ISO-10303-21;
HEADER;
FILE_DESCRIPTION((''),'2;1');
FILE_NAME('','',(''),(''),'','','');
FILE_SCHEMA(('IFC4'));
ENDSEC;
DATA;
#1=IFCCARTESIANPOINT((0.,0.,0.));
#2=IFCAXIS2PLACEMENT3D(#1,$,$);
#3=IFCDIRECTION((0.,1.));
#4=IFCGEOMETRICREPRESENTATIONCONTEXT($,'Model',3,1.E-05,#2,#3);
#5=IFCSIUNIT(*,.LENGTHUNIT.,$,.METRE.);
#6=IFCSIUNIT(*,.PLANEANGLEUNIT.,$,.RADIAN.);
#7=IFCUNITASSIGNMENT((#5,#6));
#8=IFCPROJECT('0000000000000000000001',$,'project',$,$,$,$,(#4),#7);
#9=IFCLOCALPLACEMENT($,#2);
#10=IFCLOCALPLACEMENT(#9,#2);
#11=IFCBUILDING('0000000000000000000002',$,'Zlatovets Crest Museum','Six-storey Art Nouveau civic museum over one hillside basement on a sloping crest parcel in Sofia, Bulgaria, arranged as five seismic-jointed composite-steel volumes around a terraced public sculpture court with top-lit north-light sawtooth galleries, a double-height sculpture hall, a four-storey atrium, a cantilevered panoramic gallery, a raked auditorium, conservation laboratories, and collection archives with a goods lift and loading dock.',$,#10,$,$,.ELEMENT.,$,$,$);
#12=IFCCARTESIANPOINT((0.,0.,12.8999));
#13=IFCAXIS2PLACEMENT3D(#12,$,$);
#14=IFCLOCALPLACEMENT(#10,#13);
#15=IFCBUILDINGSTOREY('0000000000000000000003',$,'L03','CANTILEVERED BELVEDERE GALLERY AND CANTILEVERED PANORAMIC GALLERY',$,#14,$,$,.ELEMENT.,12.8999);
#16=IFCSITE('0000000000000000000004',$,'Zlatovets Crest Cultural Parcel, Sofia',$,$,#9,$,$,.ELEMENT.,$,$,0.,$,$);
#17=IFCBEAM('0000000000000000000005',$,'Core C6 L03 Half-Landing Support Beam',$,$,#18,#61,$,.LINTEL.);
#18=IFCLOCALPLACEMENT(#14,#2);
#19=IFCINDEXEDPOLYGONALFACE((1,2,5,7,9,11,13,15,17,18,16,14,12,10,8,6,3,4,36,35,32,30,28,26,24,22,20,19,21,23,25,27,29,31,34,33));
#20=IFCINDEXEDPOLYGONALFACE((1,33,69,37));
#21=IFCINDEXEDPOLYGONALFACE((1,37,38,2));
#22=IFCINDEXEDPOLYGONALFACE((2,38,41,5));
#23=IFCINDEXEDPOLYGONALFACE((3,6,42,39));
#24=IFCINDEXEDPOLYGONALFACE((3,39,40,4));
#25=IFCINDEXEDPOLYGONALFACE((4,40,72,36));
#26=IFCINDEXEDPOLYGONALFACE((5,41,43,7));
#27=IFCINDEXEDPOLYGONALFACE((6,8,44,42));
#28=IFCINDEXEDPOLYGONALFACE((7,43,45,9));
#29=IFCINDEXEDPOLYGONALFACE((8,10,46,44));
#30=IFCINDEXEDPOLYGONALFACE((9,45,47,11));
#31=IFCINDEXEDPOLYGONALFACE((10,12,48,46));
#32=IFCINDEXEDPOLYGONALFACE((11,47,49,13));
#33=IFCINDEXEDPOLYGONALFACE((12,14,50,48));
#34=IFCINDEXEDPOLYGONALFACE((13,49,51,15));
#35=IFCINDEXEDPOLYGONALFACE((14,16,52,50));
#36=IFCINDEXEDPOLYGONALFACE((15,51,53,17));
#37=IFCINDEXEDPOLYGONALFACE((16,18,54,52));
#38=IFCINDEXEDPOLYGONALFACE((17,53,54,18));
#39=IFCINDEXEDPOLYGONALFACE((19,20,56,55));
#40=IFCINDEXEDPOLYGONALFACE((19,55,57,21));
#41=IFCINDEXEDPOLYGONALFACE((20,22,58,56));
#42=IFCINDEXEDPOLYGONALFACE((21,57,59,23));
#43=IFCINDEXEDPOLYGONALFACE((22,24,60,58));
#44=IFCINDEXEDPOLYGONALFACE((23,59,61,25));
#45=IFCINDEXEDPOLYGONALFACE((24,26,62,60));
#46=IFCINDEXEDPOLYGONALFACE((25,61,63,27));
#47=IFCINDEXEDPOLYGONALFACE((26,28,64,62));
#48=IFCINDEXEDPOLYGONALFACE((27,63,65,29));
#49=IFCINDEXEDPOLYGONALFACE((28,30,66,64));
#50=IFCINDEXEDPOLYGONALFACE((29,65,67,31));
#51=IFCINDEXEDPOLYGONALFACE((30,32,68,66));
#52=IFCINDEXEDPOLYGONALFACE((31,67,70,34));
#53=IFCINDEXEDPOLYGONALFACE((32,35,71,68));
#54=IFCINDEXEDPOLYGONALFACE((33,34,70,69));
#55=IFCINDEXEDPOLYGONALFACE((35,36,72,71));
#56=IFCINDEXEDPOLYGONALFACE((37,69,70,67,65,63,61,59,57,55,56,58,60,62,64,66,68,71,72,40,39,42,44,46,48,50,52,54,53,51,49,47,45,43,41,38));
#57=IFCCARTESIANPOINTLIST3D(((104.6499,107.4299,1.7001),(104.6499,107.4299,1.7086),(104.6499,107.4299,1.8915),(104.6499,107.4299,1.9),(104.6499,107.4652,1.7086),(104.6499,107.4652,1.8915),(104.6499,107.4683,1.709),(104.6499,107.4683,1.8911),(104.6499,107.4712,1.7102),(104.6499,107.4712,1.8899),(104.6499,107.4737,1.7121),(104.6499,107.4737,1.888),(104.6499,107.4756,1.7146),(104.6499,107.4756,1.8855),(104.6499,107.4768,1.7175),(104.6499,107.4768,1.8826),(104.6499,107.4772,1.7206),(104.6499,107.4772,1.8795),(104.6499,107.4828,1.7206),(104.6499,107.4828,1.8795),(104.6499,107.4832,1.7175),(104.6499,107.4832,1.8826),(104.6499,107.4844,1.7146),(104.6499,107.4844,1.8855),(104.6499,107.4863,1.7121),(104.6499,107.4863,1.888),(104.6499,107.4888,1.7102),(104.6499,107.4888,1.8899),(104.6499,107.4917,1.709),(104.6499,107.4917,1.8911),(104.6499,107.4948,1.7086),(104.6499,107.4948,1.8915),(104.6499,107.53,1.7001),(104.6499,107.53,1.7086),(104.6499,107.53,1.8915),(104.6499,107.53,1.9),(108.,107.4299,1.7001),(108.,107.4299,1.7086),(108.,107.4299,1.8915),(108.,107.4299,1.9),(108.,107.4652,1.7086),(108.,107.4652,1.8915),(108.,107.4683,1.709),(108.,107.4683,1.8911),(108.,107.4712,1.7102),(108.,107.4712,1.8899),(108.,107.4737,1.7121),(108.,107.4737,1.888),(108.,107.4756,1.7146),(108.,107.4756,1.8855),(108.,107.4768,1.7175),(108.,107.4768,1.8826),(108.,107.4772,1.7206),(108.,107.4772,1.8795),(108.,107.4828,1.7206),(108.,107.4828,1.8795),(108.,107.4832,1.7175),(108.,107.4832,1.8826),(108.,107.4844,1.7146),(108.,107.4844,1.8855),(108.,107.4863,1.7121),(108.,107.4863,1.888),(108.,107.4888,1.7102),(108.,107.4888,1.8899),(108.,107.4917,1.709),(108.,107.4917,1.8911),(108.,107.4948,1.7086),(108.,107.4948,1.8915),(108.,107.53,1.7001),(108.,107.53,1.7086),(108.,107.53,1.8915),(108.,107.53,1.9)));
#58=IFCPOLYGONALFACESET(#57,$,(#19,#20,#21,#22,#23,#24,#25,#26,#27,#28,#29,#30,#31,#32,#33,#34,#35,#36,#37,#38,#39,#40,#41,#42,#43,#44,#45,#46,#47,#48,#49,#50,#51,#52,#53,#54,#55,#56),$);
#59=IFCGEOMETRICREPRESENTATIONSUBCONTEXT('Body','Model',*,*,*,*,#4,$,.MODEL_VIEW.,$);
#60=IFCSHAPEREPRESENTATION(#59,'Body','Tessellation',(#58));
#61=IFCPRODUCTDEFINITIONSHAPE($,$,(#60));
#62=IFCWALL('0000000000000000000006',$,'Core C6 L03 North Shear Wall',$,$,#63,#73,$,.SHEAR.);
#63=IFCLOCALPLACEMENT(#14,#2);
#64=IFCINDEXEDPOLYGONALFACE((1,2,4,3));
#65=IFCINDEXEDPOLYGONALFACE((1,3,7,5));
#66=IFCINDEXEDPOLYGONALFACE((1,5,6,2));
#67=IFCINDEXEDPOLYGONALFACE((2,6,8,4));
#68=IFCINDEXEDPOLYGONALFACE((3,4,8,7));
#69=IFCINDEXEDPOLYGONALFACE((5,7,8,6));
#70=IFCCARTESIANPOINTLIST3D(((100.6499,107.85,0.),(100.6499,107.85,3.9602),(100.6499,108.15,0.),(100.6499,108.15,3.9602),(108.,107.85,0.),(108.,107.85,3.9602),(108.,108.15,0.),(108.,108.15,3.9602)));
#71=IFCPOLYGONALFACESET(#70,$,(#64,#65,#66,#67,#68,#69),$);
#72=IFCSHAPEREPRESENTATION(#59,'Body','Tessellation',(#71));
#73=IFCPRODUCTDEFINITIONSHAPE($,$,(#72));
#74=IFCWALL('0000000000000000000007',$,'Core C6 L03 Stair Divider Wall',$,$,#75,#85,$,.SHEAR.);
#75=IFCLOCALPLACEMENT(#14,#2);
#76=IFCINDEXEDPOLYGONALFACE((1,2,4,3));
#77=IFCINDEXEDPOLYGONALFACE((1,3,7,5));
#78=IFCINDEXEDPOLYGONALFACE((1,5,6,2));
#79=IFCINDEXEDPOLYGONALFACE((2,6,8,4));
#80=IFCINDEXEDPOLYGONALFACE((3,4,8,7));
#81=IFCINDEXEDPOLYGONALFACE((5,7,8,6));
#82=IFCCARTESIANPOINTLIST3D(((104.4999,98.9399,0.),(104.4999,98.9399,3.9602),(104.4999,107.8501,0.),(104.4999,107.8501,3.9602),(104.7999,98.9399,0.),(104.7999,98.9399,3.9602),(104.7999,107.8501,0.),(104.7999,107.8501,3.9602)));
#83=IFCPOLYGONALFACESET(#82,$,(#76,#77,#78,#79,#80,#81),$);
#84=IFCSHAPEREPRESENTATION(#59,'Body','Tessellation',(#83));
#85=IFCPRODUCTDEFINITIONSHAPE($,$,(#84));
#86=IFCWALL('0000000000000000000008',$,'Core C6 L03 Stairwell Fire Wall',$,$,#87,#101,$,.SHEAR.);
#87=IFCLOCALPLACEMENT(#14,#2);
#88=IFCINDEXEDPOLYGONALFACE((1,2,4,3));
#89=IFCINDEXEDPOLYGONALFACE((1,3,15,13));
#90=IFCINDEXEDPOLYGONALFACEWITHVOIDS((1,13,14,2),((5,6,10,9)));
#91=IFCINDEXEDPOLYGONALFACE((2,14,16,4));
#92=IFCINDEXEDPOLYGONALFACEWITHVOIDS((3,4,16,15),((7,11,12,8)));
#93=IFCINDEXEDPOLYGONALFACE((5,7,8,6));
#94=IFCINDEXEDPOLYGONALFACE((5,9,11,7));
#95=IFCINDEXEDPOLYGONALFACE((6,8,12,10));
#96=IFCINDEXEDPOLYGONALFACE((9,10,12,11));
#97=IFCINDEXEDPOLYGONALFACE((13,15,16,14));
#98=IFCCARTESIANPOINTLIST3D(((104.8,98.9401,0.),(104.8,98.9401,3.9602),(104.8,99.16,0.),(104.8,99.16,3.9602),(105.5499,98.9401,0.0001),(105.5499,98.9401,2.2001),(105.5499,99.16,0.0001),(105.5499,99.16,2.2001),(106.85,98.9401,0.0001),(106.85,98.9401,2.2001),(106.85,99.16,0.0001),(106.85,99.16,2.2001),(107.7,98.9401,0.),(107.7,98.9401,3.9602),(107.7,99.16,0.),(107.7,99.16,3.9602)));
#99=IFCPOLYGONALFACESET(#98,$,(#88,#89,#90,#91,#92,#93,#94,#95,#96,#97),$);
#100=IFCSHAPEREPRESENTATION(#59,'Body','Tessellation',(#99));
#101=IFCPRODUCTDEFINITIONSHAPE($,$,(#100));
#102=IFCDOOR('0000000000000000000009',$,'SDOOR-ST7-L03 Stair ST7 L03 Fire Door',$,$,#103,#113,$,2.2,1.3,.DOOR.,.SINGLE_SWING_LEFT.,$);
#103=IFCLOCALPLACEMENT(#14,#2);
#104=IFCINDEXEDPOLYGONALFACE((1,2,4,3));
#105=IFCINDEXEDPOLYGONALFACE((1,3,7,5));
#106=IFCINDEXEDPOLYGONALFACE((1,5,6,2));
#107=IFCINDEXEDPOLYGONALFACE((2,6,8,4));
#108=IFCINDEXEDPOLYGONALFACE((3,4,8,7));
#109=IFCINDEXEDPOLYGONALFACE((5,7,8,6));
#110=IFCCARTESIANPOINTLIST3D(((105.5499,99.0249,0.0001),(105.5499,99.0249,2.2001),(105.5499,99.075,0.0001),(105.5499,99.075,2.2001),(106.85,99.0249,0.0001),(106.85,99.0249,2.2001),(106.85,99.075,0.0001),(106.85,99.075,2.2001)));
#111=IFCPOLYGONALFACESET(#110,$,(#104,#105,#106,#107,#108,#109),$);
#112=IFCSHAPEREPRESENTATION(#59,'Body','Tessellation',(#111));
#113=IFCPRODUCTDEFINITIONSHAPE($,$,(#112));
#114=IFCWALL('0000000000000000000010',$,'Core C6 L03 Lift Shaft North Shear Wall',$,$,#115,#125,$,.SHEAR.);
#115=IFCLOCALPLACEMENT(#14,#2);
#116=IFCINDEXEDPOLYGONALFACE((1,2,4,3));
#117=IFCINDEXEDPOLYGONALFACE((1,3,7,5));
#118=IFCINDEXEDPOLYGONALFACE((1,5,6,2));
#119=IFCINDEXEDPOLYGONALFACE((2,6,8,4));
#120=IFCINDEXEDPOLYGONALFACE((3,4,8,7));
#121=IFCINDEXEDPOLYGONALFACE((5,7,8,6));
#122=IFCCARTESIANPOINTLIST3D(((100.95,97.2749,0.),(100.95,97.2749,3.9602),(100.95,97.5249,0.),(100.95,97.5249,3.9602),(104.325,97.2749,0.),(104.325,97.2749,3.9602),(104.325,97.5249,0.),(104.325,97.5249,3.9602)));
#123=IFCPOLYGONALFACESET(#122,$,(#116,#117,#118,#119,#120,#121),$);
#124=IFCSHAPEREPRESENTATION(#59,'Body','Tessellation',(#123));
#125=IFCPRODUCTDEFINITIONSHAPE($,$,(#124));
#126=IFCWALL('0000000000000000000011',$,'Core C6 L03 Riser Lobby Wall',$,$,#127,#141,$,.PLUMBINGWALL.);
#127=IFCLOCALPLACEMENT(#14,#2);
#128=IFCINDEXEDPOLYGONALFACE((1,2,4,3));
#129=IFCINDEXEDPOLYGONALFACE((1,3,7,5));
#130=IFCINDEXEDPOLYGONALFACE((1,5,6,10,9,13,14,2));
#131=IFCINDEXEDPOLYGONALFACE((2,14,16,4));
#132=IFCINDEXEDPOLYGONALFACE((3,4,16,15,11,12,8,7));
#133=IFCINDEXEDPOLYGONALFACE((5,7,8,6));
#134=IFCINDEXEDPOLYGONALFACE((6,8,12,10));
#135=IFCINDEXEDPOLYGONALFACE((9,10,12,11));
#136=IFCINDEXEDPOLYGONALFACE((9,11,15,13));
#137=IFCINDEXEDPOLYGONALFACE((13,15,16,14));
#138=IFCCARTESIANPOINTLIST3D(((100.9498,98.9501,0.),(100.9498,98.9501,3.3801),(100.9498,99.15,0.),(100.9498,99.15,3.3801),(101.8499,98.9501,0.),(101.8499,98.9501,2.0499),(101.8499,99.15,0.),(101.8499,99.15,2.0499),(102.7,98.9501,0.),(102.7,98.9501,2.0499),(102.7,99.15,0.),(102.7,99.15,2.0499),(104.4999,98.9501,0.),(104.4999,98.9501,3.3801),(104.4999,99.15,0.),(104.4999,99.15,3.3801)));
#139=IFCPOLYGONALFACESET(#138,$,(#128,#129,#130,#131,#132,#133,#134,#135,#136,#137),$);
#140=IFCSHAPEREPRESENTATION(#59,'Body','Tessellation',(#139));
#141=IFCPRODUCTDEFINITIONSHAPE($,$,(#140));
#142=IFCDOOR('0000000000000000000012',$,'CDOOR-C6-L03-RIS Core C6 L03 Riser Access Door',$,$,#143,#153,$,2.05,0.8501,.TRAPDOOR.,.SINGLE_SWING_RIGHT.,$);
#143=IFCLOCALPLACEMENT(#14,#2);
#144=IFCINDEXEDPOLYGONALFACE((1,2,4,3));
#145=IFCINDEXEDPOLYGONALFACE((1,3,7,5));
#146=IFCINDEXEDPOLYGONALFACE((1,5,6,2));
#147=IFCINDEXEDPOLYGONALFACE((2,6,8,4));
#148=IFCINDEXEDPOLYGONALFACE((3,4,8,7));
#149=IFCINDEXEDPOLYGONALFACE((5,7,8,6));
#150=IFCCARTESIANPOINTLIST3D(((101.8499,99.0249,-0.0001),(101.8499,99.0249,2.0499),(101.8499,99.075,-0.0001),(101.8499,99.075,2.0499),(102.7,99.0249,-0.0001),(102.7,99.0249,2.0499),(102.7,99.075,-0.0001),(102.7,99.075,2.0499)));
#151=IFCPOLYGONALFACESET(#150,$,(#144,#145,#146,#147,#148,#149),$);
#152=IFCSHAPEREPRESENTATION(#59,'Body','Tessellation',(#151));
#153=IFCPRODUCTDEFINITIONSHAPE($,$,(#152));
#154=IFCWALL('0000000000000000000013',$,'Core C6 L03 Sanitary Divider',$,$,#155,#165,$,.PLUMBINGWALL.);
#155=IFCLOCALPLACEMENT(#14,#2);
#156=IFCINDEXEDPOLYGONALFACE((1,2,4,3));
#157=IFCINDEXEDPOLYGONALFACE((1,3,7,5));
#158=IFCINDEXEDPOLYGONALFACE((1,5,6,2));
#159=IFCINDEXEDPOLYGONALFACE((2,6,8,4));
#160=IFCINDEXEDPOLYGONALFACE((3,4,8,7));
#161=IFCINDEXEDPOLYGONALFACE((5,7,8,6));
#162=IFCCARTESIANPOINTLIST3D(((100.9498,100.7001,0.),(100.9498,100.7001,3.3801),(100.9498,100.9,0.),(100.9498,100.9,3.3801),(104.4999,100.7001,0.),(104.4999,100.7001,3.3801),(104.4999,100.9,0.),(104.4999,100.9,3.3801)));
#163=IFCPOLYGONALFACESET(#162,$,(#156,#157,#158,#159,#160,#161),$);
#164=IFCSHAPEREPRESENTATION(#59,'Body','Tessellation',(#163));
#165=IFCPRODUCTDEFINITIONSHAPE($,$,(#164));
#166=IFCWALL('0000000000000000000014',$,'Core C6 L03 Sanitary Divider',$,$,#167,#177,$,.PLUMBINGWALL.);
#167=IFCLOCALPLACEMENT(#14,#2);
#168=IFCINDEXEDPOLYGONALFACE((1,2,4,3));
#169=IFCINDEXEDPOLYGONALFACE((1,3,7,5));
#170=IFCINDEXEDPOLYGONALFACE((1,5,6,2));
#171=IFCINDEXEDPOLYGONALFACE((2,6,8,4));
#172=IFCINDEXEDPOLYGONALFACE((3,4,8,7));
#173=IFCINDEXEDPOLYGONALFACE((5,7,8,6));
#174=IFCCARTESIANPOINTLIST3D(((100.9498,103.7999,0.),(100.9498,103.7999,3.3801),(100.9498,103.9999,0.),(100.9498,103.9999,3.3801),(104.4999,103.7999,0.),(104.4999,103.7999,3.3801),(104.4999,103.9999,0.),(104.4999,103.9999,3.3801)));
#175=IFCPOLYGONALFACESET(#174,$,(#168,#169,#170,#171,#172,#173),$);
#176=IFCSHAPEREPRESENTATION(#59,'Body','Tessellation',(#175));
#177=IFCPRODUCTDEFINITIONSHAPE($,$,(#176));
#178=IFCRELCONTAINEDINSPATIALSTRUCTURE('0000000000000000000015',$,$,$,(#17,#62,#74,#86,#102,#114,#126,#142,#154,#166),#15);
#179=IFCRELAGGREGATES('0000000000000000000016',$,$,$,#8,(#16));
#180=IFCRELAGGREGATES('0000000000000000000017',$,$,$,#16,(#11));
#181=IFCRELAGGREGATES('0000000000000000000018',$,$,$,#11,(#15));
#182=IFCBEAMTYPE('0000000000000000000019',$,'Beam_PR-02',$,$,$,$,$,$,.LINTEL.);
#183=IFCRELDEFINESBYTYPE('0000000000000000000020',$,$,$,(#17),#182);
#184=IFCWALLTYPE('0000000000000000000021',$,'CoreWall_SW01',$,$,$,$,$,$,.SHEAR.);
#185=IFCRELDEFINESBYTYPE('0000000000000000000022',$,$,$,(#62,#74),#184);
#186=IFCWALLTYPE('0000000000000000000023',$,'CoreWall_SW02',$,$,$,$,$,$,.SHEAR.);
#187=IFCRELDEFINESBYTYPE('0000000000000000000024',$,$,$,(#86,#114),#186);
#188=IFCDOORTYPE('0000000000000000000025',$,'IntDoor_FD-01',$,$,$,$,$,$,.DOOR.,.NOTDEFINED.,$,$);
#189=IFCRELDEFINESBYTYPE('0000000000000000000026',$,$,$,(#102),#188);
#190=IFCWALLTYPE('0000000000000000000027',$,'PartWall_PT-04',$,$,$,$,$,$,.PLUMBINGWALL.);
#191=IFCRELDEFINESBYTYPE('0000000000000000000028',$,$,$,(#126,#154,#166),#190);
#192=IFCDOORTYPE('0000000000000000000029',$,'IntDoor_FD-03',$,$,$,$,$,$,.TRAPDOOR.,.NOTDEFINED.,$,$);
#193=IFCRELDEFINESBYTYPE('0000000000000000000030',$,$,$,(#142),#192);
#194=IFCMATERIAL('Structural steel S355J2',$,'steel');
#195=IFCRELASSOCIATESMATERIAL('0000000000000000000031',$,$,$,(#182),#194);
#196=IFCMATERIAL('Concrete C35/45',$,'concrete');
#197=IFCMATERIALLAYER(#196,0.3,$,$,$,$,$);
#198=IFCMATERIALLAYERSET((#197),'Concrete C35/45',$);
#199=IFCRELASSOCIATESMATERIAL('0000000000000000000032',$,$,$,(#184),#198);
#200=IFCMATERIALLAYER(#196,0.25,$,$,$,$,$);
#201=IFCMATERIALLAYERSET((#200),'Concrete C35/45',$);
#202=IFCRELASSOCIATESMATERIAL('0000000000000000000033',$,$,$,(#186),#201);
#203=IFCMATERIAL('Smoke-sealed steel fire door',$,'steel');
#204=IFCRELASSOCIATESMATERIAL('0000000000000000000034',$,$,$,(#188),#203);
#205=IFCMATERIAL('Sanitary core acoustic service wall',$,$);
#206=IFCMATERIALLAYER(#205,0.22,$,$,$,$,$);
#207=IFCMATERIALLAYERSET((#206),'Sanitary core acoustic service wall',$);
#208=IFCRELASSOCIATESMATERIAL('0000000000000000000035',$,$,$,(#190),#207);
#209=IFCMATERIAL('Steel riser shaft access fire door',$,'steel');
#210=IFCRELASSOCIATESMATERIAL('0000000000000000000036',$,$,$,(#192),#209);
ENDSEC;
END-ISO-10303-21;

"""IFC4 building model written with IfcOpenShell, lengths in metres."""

from ifc_helpers import new_model, si_unit, direction, frame, frame_2d, origin, origin_2d, place, context, subcontext, project, spatial, rectangle, i_section, extrude, material, layer, layer_set, material_profile, profile_set, type_object, element, fill, save


model = new_model("IFC4")

# Units and contexts
model_context = context("Model", 3, precision=1e-05, world=origin(), true_north=direction((0.0, 1.0)))
body_context = subcontext(model_context, "Body", "Model", "MODEL_VIEW")
ifc_project = project(units=[si_unit("LENGTHUNIT", "METRE"), si_unit("PLANEANGLEUNIT", "RADIAN")], contexts=[model_context])

# Site, building, storey
site_placement = place(None, origin())
site = spatial("IfcSite", under=ifc_project, at=site_placement, Name="Zlatovets Crest Cultural Parcel, Sofia", CompositionType="ELEMENT", RefElevation=0.0)
building_placement = place(site_placement, origin())
building = spatial("IfcBuilding", under=site, at=building_placement, Name="Zlatovets Crest Museum", Description="Six-storey Art Nouveau civic museum over one hillside basement on a sloping crest parcel in Sofia, Bulgaria, arranged as five seismic-jointed composite-steel volumes around a terraced public sculpture court with top-lit north-light sawtooth galleries, a double-height sculpture hall, a four-storey atrium, a cantilevered panoramic gallery, a raked auditorium, conservation laboratories, and collection archives with a goods lift and loading dock.", CompositionType="ELEMENT")
storey_placement = place(building_placement, frame((0.0, 0.0, 12.8999)))
storey = spatial("IfcBuildingStorey", under=building, at=storey_placement, Name="L03", Description="CANTILEVERED BELVEDERE GALLERY AND CANTILEVERED PANORAMIC GALLERY", CompositionType="ELEMENT", Elevation=12.8999)

# Shared definitions
ifc_material_1 = material(Name="Structural steel S355J2", Category="steel")

# Beam
ifc_material_profile_1 = material_profile(ifc_material_1, i_section(OverallWidth=0.1001, OverallDepth=0.2, WebThickness=0.0056, FlangeThickness=0.0085, FilletRadius=0.012, at=origin_2d()), Name="IPE 200")
ifc_profile_set_1 = profile_set([ifc_material_profile_1], Name="Structural steel S355J2")
beam_type_1 = type_object("IfcBeamType", Name="Beam_PR-02", PredefinedType="LINTEL", material=ifc_profile_set_1)
for number, where, z_axis, x_axis, name in (
    (1, (104.6499, 107.48, 1.8), (1.0, 0.0, 0.0), (0.0, 1.0, 0.0), "Core C6 L03 Half-Landing Support Beam"),
):
    element("IfcBeam", number, at=place(storey_placement, frame(where, z_axis=z_axis, x_axis=x_axis)), inside=storey, type_object=beam_type_1, Name=name, PredefinedType="LINTEL", context=body_context, shape_type="SweptSolid", body=[
        extrude(i_section(OverallWidth=0.1001, OverallDepth=0.2, WebThickness=0.0056, FlangeThickness=0.0085, FilletRadius=0.012, at=origin_2d()), origin(), (0.0, 0.0, 1.0), 3.3501),
    ])

# Walls
ifc_material_2 = material(Name="Concrete C35/45", Category="concrete")
ifc_layer_1 = layer(ifc_material_2, 0.3)
ifc_layer_set_1 = layer_set([ifc_layer_1], Name="Concrete C35/45")
wall_type_1 = type_object("IfcWallType", Name="CoreWall_SW01", PredefinedType="SHEAR", material=ifc_layer_set_1)
wall_1_placement = place(storey_placement, frame((100.6499, 108.0, 0.0), z_axis=(0.0, 0.0, 1.0), x_axis=(1.0, 0.0, 0.0)))
element("IfcWall", 2, at=wall_1_placement, inside=storey, type_object=wall_type_1, Name="Core C6 L03 North Shear Wall", PredefinedType="SHEAR", context=body_context, shape_type="SweptSolid", body=[
    extrude(rectangle(XDim=7.3501, YDim=0.3, at=frame_2d((3.675, 0.0))), origin(), (0.0, 0.0, 1.0), 3.9602),
])
wall_2_placement = place(storey_placement, frame((104.6499, 98.9399, 0.0), z_axis=(0.0, 0.0, 1.0), x_axis=(0.0, 1.0, 0.0)))
element("IfcWall", 3, at=wall_2_placement, inside=storey, type_object=wall_type_1, Name="Core C6 L03 Stair Divider Wall", PredefinedType="SHEAR", context=body_context, shape_type="SweptSolid", body=[
    extrude(rectangle(XDim=8.9102, YDim=0.3, at=frame_2d((4.4551, 0.0))), origin(), (0.0, 0.0, 1.0), 3.9602),
])

# Wall, opening, door
ifc_layer_2 = layer(ifc_material_2, 0.25)
ifc_layer_set_2 = layer_set([ifc_layer_2], Name="Concrete C35/45")
wall_type_2 = type_object("IfcWallType", Name="CoreWall_SW02", PredefinedType="SHEAR", material=ifc_layer_set_2)
wall_3_placement = place(storey_placement, frame((104.8, 99.05, 0.0), z_axis=(0.0, 0.0, 1.0), x_axis=(1.0, 0.0, 0.0)))
wall_3 = element("IfcWall", 4, at=wall_3_placement, inside=storey, type_object=wall_type_2, Name="Core C6 L03 Stairwell Fire Wall", PredefinedType="SHEAR", context=body_context, shape_type="SweptSolid", body=[
    extrude(rectangle(XDim=2.8999, YDim=0.22, at=frame_2d((1.45, 0.0))), origin(), (0.0, 0.0, 1.0), 3.9602),
])
opening_1_placement = place(wall_3_placement, frame((0.75, 0.0, 0.0)))
opening_1 = element("IfcOpeningElement", 5, at=opening_1_placement, cuts=wall_3, PredefinedType="OPENING", context=body_context, shape_type="SweptSolid", body=[
    extrude(rectangle(XDim=1.3, YDim=2.2, at=frame_2d((0.6499, 1.1001))), frame((0.0, 0.1201, 0.0), z_axis=(0.0, -1.0, 0.0), x_axis=(1.0, 0.0, 0.0)), (0.0, 0.0, 1.0), 0.24),
])
ifc_material_3 = material(Name="Smoke-sealed steel fire door", Category="steel")
door_type_1 = type_object("IfcDoorType", Name="IntDoor_FD-01", OperationType="NOTDEFINED", PredefinedType="DOOR", material=ifc_material_3)
door_1_placement = place(opening_1_placement, origin())
door_1 = element("IfcDoor", 6, at=door_1_placement, inside=storey, type_object=door_type_1, Name="SDOOR-ST7-L03 Stair ST7 L03 Fire Door", OperationType="SINGLE_SWING_LEFT", OverallHeight=2.2, OverallWidth=1.3, PredefinedType="DOOR", context=body_context, shape_type="SweptSolid", body=[
    extrude(rectangle(XDim=1.3, YDim=2.2, at=frame_2d((0.6499, 1.1001))), frame((0.0, 0.0249, 0.0), z_axis=(0.0, -1.0, 0.0), x_axis=(1.0, 0.0, 0.0)), (0.0, 0.0, 1.0), 0.05),
])
fill(opening_1, door_1)

# Wall
wall_4_placement = place(storey_placement, frame((100.95, 97.3999, 0.0), z_axis=(0.0, 0.0, 1.0), x_axis=(1.0, 0.0, 0.0)))
element("IfcWall", 7, at=wall_4_placement, inside=storey, type_object=wall_type_2, Name="Core C6 L03 Lift Shaft North Shear Wall", PredefinedType="SHEAR", context=body_context, shape_type="SweptSolid", body=[
    extrude(rectangle(XDim=3.375, YDim=0.25, at=frame_2d((1.6875, 0.0))), origin(), (0.0, 0.0, 1.0), 3.9602),
])

# Wall, opening, door
ifc_material_4 = material(Name="Sanitary core acoustic service wall")
ifc_layer_3 = layer(ifc_material_4, 0.22)
ifc_layer_set_3 = layer_set([ifc_layer_3], Name="Sanitary core acoustic service wall")
wall_type_3 = type_object("IfcWallType", Name="PartWall_PT-04", PredefinedType="PLUMBINGWALL", material=ifc_layer_set_3)
wall_5_placement = place(storey_placement, frame((100.95, 99.05, 0.0), z_axis=(0.0, 0.0, 1.0), x_axis=(1.0, 0.0, 0.0)))
wall_5 = element("IfcWall", 8, at=wall_5_placement, inside=storey, type_object=wall_type_3, Name="Core C6 L03 Riser Lobby Wall", PredefinedType="PLUMBINGWALL", context=body_context, shape_type="SweptSolid", body=[
    extrude(rectangle(XDim=3.55, YDim=0.2, at=frame_2d((1.7749, 0.0))), origin(), (0.0, 0.0, 1.0), 3.3801),
])
opening_2_placement = place(wall_5_placement, frame((0.8999, 0.0, 0.0)))
opening_2 = element("IfcOpeningElement", 9, at=opening_2_placement, cuts=wall_5, PredefinedType="OPENING", context=body_context, shape_type="SweptSolid", body=[
    extrude(rectangle(XDim=0.8501, YDim=2.05, at=frame_2d((0.425, 1.0249))), frame((0.0, 0.1099, 0.0), z_axis=(0.0, -1.0, 0.0), x_axis=(1.0, 0.0, 0.0)), (0.0, 0.0, 1.0), 0.22),
])
ifc_material_5 = material(Name="Steel riser shaft access fire door", Category="steel")
door_type_2 = type_object("IfcDoorType", Name="IntDoor_FD-03", OperationType="NOTDEFINED", PredefinedType="TRAPDOOR", material=ifc_material_5)
door_2_placement = place(opening_2_placement, origin())
door_2 = element("IfcDoor", 10, at=door_2_placement, inside=storey, type_object=door_type_2, Name="CDOOR-C6-L03-RIS Core C6 L03 Riser Access Door", OperationType="SINGLE_SWING_RIGHT", OverallHeight=2.05, OverallWidth=0.8501, PredefinedType="TRAPDOOR", context=body_context, shape_type="SweptSolid", body=[
    extrude(rectangle(XDim=0.8501, YDim=2.05, at=frame_2d((0.425, 1.0249))), frame((0.0, 0.0249, 0.0), z_axis=(0.0, -1.0, 0.0), x_axis=(1.0, 0.0, 0.0)), (0.0, 0.0, 1.0), 0.05),
])
fill(opening_2, door_2)

# Walls
for number, where, z_axis, x_axis, name in (
    (11, (100.95, 100.8, 0.0), (0.0, 0.0, 1.0), (1.0, 0.0, 0.0), "Core C6 L03 Sanitary Divider"),
    (12, (100.95, 103.8999, 0.0), (0.0, 0.0, 1.0), (1.0, 0.0, 0.0), "Core C6 L03 Sanitary Divider"),
):
    element("IfcWall", number, at=place(storey_placement, frame(where, z_axis=z_axis, x_axis=x_axis)), inside=storey, type_object=wall_type_3, Name=name, PredefinedType="PLUMBINGWALL", context=body_context, shape_type="SweptSolid", body=[
        extrude(rectangle(XDim=3.55, YDim=0.2, at=frame_2d((1.7749, 0.0))), origin(), (0.0, 0.0, 1.0), 3.3801),
    ])

save(model, "model.ifc")
